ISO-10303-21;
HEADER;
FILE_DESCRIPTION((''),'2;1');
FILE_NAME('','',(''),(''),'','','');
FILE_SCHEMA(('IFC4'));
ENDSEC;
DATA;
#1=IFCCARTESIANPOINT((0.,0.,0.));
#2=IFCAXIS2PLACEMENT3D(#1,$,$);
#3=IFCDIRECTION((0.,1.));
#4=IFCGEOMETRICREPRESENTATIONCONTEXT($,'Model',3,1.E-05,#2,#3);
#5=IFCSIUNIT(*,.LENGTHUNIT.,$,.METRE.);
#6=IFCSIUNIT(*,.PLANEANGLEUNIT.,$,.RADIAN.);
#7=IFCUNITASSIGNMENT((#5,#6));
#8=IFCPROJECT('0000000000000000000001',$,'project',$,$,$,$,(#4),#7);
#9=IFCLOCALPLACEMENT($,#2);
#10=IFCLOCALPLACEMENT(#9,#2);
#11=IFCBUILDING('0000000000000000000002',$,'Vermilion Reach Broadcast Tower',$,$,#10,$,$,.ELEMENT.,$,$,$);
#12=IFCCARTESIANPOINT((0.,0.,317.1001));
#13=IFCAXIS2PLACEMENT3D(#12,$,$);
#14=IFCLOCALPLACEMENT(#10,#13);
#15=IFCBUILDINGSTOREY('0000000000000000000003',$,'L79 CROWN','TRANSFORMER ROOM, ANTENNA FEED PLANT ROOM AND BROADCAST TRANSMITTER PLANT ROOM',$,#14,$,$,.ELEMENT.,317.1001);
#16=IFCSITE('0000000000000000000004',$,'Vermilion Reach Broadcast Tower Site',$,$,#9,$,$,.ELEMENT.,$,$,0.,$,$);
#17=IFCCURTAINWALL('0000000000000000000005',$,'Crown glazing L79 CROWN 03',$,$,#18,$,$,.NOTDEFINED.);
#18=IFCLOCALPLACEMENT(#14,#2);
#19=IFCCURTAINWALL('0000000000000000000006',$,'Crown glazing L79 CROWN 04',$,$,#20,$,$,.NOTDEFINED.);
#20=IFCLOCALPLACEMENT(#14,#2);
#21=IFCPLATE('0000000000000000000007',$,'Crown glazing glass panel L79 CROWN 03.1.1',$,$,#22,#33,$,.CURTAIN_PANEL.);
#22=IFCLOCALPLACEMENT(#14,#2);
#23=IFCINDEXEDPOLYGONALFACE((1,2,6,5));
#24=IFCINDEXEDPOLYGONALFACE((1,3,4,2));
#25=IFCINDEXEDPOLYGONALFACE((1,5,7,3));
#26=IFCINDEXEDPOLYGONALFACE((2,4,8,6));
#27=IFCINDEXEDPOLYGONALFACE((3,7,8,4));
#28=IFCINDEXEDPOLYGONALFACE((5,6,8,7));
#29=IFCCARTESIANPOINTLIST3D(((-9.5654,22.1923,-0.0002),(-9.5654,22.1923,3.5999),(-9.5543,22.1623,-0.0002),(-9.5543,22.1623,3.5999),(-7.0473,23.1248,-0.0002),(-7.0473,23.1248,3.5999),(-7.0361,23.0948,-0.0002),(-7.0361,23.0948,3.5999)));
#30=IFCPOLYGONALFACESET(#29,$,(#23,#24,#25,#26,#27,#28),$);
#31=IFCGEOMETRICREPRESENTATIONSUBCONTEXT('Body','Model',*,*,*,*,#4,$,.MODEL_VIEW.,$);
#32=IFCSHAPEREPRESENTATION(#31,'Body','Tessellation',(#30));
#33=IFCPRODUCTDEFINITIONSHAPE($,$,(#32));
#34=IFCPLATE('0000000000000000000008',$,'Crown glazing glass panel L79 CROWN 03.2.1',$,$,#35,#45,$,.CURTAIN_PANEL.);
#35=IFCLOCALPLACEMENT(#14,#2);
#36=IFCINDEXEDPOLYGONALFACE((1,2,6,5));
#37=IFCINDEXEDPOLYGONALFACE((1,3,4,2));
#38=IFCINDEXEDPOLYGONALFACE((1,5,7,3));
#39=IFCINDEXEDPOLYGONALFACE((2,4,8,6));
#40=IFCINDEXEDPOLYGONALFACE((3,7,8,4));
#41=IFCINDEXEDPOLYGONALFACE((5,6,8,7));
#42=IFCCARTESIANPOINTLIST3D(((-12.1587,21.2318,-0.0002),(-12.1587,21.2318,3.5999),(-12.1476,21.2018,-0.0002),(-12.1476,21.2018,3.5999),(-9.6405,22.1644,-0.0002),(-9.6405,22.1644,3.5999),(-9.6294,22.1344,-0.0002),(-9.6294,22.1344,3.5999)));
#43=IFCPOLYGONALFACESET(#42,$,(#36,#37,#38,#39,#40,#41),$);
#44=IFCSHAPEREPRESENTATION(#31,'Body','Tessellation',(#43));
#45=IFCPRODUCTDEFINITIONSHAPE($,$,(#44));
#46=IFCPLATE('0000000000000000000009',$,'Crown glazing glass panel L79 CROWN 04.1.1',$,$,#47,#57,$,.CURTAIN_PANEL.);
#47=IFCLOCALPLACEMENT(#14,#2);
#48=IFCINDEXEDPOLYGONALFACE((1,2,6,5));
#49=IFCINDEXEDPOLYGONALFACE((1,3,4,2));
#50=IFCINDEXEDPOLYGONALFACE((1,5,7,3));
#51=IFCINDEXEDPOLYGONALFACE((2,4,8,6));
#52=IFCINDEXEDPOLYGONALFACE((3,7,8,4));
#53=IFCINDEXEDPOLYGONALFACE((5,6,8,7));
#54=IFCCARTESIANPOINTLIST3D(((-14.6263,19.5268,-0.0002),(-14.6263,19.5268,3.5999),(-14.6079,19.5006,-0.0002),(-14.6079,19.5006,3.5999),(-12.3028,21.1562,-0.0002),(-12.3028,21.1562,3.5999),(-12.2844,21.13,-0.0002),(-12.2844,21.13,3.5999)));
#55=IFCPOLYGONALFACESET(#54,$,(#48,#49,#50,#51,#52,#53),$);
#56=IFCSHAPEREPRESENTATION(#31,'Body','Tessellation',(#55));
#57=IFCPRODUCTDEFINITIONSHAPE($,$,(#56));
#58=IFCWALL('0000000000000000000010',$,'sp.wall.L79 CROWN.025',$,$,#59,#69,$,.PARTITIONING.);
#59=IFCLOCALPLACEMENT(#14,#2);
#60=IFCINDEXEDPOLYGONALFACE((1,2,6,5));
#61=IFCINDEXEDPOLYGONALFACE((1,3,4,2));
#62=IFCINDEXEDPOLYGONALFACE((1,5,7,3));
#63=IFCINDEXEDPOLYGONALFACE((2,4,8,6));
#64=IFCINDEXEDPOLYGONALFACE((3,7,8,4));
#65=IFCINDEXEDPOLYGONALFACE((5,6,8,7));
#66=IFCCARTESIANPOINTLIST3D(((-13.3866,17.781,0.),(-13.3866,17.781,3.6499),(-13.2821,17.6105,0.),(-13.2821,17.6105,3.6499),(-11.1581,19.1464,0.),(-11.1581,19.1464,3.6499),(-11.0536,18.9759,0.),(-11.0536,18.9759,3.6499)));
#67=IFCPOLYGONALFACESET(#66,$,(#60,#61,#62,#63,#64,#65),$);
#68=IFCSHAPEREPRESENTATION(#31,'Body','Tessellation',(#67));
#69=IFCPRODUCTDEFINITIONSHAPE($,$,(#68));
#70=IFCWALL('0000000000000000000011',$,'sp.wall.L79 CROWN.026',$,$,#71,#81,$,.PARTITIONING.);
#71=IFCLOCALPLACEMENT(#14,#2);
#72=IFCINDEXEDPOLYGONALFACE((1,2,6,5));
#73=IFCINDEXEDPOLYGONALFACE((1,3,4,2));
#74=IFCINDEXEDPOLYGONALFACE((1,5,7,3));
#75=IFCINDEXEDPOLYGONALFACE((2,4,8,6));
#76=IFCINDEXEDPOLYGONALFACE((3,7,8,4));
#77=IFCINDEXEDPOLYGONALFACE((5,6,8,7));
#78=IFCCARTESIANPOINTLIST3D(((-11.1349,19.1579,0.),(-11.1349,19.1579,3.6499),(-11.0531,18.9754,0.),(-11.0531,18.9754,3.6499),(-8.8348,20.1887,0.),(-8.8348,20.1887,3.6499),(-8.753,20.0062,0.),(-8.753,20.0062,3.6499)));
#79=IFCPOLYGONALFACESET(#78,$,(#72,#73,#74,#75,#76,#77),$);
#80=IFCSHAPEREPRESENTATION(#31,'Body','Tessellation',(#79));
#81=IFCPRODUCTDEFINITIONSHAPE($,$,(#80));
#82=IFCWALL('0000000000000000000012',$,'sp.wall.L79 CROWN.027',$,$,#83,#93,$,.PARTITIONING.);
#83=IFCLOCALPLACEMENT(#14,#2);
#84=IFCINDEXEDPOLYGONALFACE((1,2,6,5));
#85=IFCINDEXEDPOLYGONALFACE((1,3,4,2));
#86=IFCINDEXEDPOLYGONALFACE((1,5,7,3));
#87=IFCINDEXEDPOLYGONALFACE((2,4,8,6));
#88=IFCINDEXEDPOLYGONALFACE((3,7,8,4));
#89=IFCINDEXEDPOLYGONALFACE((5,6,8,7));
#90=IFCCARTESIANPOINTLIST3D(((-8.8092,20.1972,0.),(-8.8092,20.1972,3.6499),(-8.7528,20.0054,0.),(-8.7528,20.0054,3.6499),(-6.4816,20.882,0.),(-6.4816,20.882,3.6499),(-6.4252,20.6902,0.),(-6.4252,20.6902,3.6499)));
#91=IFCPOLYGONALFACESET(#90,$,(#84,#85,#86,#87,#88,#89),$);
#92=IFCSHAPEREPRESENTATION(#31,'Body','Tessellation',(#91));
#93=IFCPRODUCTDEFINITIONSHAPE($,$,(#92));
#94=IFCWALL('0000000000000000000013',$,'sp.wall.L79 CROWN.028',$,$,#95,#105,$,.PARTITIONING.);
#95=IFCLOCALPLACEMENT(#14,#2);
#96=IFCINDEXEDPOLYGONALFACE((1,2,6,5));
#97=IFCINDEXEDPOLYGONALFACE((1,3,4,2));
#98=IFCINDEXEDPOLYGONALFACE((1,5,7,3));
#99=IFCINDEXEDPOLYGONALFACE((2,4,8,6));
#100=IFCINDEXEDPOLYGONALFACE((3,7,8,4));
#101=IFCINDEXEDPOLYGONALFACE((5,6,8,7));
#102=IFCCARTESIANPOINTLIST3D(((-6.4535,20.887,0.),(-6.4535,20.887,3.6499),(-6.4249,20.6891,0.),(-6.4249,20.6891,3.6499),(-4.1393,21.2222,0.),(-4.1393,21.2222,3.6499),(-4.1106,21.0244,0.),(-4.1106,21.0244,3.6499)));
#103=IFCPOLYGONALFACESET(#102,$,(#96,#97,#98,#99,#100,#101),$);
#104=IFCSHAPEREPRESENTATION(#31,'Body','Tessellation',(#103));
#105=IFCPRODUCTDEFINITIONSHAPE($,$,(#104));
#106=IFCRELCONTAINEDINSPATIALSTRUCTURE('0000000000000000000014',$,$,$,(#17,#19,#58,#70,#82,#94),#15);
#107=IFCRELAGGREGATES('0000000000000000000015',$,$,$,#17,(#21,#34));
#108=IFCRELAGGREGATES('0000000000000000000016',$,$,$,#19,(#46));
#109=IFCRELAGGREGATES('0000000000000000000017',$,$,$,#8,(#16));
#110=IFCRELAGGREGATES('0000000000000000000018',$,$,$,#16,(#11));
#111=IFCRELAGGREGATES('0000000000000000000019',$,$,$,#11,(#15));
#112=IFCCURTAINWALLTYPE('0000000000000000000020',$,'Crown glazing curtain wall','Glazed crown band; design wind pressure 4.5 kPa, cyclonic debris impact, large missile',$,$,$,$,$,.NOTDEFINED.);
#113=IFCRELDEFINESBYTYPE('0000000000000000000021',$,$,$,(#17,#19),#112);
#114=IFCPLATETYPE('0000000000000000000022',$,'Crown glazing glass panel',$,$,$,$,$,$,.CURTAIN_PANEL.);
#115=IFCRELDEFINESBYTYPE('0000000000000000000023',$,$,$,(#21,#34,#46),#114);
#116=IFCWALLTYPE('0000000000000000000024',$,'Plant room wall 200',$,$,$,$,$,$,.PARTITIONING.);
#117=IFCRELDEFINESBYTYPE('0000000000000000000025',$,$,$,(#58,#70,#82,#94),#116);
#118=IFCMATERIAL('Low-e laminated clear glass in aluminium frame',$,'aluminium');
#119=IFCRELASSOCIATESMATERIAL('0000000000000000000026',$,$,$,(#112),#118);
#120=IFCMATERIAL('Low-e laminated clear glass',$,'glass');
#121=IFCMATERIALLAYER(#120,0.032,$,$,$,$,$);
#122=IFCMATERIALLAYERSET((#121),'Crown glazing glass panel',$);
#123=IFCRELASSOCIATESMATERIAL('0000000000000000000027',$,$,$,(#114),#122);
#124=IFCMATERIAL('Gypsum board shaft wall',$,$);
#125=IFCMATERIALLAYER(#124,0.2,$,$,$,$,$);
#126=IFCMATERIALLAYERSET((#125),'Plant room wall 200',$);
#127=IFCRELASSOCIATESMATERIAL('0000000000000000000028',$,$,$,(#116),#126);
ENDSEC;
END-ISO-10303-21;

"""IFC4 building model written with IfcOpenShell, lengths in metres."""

from ifc_helpers import new_model, si_unit, direction, frame, frame_2d, origin, origin_2d, place, context, subcontext, project, spatial, rectangle, extrude, material, layer, layer_set, type_object, element, aggregate, save


model = new_model("IFC4")

# Units and contexts
model_context = context("Model", 3, precision=1e-05, world=origin(), true_north=direction((0.0, 1.0)))
body_context = subcontext(model_context, "Body", "Model", "MODEL_VIEW")
ifc_project = project(units=[si_unit("LENGTHUNIT", "METRE"), si_unit("PLANEANGLEUNIT", "RADIAN")], contexts=[model_context])

# Site, building, storey
site_placement = place(None, origin())
site = spatial("IfcSite", under=ifc_project, at=site_placement, Name="Vermilion Reach Broadcast Tower Site", CompositionType="ELEMENT", RefElevation=0.0)
building_placement = place(site_placement, origin())
building = spatial("IfcBuilding", under=site, at=building_placement, Name="Vermilion Reach Broadcast Tower", CompositionType="ELEMENT")
storey_placement = place(building_placement, frame((0.0, 0.0, 317.1001)))
storey = spatial("IfcBuildingStorey", under=building, at=storey_placement, Name="L79 CROWN", Description="TRANSFORMER ROOM, ANTENNA FEED PLANT ROOM AND BROADCAST TRANSMITTER PLANT ROOM", CompositionType="ELEMENT", Elevation=317.1001)

# Shared definitions
ifc_material_1 = material(Name="Low-e laminated clear glass in aluminium frame", Category="aluminium")
curtain_wall_type = type_object("IfcCurtainWallType", Name="Crown glazing curtain wall", Description="Glazed crown band; design wind pressure 4.5 kPa, cyclonic debris impact, large missile", PredefinedType="NOTDEFINED", material=ifc_material_1)
placement = place(storey_placement, origin())

# Curtain walls
curtain_wall_1 = element("IfcCurtainWall", 1, at=placement, inside=storey, type_object=curtain_wall_type, Name="Crown glazing L79 CROWN 03", PredefinedType="NOTDEFINED")
curtain_wall_2 = element("IfcCurtainWall", 2, at=placement, inside=storey, type_object=curtain_wall_type, Name="Crown glazing L79 CROWN 04", PredefinedType="NOTDEFINED")

# Plates
ifc_material_2 = material(Name="Low-e laminated clear glass", Category="glass")
ifc_layer_1 = layer(ifc_material_2, 0.032)
ifc_layer_set_1 = layer_set([ifc_layer_1], Name="Crown glazing glass panel")
plate_type = type_object("IfcPlateType", Name="Crown glazing glass panel", PredefinedType="CURTAIN_PANEL", material=ifc_layer_set_1)
plate_1_placement = place(storey_placement, frame((-8.3008, 22.6436, -0.0002), z_axis=(0.0, 0.0, 1.0), x_axis=(-0.937757, -0.347291, 0.0)))
plate_1 = element("IfcPlate", 3, at=plate_1_placement, type_object=plate_type, Name="Crown glazing glass panel L79 CROWN 03.1.1", PredefinedType="CURTAIN_PANEL", context=body_context, shape_type="SweptSolid", body=[
    extrude(rectangle(XDim=2.6853, YDim=0.032, at=origin_2d()), origin(), (0.0, 0.0, 1.0), 3.6001),
])
plate_2_placement = place(storey_placement, frame((-10.894, 21.6831, -0.0002), z_axis=(0.0, 0.0, 1.0), x_axis=(-0.937757, -0.347291, 0.0)))
plate_2 = element("IfcPlate", 4, at=plate_2_placement, type_object=plate_type, Name="Crown glazing glass panel L79 CROWN 03.2.1", PredefinedType="CURTAIN_PANEL", context=body_context, shape_type="SweptSolid", body=[
    extrude(rectangle(XDim=2.6853, YDim=0.032, at=origin_2d()), origin(), (0.0, 0.0, 1.0), 3.6001),
])
aggregate(curtain_wall_1, [plate_1, plate_2])
plate_3_placement = place(storey_placement, frame((-13.4553, 20.3284, -0.0002), z_axis=(0.0, 0.0, 1.0), x_axis=(-0.81874, -0.574164, 0.0)))
plate_3 = element("IfcPlate", 5, at=plate_3_placement, type_object=plate_type, Name="Crown glazing glass panel L79 CROWN 04.1.1", PredefinedType="CURTAIN_PANEL", context=body_context, shape_type="SweptSolid", body=[
    extrude(rectangle(XDim=2.8379, YDim=0.032, at=origin_2d()), origin(), (0.0, 0.0, 1.0), 3.6001),
])
aggregate(curtain_wall_2, [plate_3])

# Walls
ifc_material_3 = material(Name="Gypsum board shaft wall")
ifc_layer_2 = layer(ifc_material_3, 0.2)
ifc_layer_set_2 = layer_set([ifc_layer_2], Name="Plant room wall 200")
wall_type = type_object("IfcWallType", Name="Plant room wall 200", PredefinedType="PARTITIONING", material=ifc_layer_set_2)
wall_1_placement = place(storey_placement, frame((-13.3342, 17.6958, 0.0), z_axis=(0.0, 0.0, 1.0), x_axis=(0.852667, 0.522455, 0.0)))
element("IfcWall", 6, at=wall_1_placement, inside=storey, type_object=wall_type, Name="sp.wall.L79 CROWN.025", PredefinedType="PARTITIONING", context=body_context, shape_type="SweptSolid", body=[
    extrude(rectangle(XDim=2.6135, YDim=0.2, at=frame_2d((1.3066, 0.0))), origin(), (0.0, 0.0, 1.0), 3.6499),
])
wall_2_placement = place(storey_placement, frame((-11.094, 19.0667, 0.0), z_axis=(0.0, 0.0, 1.0), x_axis=(0.912553, 0.408959, 0.0)))
element("IfcWall", 7, at=wall_2_placement, inside=storey, type_object=wall_type, Name="sp.wall.L79 CROWN.026", PredefinedType="PARTITIONING", context=body_context, shape_type="SweptSolid", body=[
    extrude(rectangle(XDim=2.5205, YDim=0.2, at=frame_2d((1.2603, 0.0))), origin(), (0.0, 0.0, 1.0), 3.6499),
])
wall_3_placement = place(storey_placement, frame((-8.781, 20.1013, 0.0), z_axis=(0.0, 0.0, 1.0), x_axis=(0.959341, 0.282248, 0.0)))
element("IfcWall", 8, at=wall_3_placement, inside=storey, type_object=wall_type, Name="sp.wall.L79 CROWN.027", PredefinedType="PARTITIONING", context=body_context, shape_type="SweptSolid", body=[
    extrude(rectangle(XDim=2.4263, YDim=0.2, at=frame_2d((1.2131, 0.0))), origin(), (0.0, 0.0, 1.0), 3.6499),
])
wall_4_placement = place(storey_placement, frame((-6.4392, 20.7881, 0.0), z_axis=(0.0, 0.0, 1.0), x_axis=(0.989672, 0.143351, 0.0)))
element("IfcWall", 9, at=wall_4_placement, inside=storey, type_object=wall_type, Name="sp.wall.L79 CROWN.028", PredefinedType="PARTITIONING", context=body_context, shape_type="SweptSolid", body=[
    extrude(rectangle(XDim=2.3384, YDim=0.2, at=frame_2d((1.1692, 0.0))), origin(), (0.0, 0.0, 1.0), 3.6499),
])

save(model, "model.ifc")
